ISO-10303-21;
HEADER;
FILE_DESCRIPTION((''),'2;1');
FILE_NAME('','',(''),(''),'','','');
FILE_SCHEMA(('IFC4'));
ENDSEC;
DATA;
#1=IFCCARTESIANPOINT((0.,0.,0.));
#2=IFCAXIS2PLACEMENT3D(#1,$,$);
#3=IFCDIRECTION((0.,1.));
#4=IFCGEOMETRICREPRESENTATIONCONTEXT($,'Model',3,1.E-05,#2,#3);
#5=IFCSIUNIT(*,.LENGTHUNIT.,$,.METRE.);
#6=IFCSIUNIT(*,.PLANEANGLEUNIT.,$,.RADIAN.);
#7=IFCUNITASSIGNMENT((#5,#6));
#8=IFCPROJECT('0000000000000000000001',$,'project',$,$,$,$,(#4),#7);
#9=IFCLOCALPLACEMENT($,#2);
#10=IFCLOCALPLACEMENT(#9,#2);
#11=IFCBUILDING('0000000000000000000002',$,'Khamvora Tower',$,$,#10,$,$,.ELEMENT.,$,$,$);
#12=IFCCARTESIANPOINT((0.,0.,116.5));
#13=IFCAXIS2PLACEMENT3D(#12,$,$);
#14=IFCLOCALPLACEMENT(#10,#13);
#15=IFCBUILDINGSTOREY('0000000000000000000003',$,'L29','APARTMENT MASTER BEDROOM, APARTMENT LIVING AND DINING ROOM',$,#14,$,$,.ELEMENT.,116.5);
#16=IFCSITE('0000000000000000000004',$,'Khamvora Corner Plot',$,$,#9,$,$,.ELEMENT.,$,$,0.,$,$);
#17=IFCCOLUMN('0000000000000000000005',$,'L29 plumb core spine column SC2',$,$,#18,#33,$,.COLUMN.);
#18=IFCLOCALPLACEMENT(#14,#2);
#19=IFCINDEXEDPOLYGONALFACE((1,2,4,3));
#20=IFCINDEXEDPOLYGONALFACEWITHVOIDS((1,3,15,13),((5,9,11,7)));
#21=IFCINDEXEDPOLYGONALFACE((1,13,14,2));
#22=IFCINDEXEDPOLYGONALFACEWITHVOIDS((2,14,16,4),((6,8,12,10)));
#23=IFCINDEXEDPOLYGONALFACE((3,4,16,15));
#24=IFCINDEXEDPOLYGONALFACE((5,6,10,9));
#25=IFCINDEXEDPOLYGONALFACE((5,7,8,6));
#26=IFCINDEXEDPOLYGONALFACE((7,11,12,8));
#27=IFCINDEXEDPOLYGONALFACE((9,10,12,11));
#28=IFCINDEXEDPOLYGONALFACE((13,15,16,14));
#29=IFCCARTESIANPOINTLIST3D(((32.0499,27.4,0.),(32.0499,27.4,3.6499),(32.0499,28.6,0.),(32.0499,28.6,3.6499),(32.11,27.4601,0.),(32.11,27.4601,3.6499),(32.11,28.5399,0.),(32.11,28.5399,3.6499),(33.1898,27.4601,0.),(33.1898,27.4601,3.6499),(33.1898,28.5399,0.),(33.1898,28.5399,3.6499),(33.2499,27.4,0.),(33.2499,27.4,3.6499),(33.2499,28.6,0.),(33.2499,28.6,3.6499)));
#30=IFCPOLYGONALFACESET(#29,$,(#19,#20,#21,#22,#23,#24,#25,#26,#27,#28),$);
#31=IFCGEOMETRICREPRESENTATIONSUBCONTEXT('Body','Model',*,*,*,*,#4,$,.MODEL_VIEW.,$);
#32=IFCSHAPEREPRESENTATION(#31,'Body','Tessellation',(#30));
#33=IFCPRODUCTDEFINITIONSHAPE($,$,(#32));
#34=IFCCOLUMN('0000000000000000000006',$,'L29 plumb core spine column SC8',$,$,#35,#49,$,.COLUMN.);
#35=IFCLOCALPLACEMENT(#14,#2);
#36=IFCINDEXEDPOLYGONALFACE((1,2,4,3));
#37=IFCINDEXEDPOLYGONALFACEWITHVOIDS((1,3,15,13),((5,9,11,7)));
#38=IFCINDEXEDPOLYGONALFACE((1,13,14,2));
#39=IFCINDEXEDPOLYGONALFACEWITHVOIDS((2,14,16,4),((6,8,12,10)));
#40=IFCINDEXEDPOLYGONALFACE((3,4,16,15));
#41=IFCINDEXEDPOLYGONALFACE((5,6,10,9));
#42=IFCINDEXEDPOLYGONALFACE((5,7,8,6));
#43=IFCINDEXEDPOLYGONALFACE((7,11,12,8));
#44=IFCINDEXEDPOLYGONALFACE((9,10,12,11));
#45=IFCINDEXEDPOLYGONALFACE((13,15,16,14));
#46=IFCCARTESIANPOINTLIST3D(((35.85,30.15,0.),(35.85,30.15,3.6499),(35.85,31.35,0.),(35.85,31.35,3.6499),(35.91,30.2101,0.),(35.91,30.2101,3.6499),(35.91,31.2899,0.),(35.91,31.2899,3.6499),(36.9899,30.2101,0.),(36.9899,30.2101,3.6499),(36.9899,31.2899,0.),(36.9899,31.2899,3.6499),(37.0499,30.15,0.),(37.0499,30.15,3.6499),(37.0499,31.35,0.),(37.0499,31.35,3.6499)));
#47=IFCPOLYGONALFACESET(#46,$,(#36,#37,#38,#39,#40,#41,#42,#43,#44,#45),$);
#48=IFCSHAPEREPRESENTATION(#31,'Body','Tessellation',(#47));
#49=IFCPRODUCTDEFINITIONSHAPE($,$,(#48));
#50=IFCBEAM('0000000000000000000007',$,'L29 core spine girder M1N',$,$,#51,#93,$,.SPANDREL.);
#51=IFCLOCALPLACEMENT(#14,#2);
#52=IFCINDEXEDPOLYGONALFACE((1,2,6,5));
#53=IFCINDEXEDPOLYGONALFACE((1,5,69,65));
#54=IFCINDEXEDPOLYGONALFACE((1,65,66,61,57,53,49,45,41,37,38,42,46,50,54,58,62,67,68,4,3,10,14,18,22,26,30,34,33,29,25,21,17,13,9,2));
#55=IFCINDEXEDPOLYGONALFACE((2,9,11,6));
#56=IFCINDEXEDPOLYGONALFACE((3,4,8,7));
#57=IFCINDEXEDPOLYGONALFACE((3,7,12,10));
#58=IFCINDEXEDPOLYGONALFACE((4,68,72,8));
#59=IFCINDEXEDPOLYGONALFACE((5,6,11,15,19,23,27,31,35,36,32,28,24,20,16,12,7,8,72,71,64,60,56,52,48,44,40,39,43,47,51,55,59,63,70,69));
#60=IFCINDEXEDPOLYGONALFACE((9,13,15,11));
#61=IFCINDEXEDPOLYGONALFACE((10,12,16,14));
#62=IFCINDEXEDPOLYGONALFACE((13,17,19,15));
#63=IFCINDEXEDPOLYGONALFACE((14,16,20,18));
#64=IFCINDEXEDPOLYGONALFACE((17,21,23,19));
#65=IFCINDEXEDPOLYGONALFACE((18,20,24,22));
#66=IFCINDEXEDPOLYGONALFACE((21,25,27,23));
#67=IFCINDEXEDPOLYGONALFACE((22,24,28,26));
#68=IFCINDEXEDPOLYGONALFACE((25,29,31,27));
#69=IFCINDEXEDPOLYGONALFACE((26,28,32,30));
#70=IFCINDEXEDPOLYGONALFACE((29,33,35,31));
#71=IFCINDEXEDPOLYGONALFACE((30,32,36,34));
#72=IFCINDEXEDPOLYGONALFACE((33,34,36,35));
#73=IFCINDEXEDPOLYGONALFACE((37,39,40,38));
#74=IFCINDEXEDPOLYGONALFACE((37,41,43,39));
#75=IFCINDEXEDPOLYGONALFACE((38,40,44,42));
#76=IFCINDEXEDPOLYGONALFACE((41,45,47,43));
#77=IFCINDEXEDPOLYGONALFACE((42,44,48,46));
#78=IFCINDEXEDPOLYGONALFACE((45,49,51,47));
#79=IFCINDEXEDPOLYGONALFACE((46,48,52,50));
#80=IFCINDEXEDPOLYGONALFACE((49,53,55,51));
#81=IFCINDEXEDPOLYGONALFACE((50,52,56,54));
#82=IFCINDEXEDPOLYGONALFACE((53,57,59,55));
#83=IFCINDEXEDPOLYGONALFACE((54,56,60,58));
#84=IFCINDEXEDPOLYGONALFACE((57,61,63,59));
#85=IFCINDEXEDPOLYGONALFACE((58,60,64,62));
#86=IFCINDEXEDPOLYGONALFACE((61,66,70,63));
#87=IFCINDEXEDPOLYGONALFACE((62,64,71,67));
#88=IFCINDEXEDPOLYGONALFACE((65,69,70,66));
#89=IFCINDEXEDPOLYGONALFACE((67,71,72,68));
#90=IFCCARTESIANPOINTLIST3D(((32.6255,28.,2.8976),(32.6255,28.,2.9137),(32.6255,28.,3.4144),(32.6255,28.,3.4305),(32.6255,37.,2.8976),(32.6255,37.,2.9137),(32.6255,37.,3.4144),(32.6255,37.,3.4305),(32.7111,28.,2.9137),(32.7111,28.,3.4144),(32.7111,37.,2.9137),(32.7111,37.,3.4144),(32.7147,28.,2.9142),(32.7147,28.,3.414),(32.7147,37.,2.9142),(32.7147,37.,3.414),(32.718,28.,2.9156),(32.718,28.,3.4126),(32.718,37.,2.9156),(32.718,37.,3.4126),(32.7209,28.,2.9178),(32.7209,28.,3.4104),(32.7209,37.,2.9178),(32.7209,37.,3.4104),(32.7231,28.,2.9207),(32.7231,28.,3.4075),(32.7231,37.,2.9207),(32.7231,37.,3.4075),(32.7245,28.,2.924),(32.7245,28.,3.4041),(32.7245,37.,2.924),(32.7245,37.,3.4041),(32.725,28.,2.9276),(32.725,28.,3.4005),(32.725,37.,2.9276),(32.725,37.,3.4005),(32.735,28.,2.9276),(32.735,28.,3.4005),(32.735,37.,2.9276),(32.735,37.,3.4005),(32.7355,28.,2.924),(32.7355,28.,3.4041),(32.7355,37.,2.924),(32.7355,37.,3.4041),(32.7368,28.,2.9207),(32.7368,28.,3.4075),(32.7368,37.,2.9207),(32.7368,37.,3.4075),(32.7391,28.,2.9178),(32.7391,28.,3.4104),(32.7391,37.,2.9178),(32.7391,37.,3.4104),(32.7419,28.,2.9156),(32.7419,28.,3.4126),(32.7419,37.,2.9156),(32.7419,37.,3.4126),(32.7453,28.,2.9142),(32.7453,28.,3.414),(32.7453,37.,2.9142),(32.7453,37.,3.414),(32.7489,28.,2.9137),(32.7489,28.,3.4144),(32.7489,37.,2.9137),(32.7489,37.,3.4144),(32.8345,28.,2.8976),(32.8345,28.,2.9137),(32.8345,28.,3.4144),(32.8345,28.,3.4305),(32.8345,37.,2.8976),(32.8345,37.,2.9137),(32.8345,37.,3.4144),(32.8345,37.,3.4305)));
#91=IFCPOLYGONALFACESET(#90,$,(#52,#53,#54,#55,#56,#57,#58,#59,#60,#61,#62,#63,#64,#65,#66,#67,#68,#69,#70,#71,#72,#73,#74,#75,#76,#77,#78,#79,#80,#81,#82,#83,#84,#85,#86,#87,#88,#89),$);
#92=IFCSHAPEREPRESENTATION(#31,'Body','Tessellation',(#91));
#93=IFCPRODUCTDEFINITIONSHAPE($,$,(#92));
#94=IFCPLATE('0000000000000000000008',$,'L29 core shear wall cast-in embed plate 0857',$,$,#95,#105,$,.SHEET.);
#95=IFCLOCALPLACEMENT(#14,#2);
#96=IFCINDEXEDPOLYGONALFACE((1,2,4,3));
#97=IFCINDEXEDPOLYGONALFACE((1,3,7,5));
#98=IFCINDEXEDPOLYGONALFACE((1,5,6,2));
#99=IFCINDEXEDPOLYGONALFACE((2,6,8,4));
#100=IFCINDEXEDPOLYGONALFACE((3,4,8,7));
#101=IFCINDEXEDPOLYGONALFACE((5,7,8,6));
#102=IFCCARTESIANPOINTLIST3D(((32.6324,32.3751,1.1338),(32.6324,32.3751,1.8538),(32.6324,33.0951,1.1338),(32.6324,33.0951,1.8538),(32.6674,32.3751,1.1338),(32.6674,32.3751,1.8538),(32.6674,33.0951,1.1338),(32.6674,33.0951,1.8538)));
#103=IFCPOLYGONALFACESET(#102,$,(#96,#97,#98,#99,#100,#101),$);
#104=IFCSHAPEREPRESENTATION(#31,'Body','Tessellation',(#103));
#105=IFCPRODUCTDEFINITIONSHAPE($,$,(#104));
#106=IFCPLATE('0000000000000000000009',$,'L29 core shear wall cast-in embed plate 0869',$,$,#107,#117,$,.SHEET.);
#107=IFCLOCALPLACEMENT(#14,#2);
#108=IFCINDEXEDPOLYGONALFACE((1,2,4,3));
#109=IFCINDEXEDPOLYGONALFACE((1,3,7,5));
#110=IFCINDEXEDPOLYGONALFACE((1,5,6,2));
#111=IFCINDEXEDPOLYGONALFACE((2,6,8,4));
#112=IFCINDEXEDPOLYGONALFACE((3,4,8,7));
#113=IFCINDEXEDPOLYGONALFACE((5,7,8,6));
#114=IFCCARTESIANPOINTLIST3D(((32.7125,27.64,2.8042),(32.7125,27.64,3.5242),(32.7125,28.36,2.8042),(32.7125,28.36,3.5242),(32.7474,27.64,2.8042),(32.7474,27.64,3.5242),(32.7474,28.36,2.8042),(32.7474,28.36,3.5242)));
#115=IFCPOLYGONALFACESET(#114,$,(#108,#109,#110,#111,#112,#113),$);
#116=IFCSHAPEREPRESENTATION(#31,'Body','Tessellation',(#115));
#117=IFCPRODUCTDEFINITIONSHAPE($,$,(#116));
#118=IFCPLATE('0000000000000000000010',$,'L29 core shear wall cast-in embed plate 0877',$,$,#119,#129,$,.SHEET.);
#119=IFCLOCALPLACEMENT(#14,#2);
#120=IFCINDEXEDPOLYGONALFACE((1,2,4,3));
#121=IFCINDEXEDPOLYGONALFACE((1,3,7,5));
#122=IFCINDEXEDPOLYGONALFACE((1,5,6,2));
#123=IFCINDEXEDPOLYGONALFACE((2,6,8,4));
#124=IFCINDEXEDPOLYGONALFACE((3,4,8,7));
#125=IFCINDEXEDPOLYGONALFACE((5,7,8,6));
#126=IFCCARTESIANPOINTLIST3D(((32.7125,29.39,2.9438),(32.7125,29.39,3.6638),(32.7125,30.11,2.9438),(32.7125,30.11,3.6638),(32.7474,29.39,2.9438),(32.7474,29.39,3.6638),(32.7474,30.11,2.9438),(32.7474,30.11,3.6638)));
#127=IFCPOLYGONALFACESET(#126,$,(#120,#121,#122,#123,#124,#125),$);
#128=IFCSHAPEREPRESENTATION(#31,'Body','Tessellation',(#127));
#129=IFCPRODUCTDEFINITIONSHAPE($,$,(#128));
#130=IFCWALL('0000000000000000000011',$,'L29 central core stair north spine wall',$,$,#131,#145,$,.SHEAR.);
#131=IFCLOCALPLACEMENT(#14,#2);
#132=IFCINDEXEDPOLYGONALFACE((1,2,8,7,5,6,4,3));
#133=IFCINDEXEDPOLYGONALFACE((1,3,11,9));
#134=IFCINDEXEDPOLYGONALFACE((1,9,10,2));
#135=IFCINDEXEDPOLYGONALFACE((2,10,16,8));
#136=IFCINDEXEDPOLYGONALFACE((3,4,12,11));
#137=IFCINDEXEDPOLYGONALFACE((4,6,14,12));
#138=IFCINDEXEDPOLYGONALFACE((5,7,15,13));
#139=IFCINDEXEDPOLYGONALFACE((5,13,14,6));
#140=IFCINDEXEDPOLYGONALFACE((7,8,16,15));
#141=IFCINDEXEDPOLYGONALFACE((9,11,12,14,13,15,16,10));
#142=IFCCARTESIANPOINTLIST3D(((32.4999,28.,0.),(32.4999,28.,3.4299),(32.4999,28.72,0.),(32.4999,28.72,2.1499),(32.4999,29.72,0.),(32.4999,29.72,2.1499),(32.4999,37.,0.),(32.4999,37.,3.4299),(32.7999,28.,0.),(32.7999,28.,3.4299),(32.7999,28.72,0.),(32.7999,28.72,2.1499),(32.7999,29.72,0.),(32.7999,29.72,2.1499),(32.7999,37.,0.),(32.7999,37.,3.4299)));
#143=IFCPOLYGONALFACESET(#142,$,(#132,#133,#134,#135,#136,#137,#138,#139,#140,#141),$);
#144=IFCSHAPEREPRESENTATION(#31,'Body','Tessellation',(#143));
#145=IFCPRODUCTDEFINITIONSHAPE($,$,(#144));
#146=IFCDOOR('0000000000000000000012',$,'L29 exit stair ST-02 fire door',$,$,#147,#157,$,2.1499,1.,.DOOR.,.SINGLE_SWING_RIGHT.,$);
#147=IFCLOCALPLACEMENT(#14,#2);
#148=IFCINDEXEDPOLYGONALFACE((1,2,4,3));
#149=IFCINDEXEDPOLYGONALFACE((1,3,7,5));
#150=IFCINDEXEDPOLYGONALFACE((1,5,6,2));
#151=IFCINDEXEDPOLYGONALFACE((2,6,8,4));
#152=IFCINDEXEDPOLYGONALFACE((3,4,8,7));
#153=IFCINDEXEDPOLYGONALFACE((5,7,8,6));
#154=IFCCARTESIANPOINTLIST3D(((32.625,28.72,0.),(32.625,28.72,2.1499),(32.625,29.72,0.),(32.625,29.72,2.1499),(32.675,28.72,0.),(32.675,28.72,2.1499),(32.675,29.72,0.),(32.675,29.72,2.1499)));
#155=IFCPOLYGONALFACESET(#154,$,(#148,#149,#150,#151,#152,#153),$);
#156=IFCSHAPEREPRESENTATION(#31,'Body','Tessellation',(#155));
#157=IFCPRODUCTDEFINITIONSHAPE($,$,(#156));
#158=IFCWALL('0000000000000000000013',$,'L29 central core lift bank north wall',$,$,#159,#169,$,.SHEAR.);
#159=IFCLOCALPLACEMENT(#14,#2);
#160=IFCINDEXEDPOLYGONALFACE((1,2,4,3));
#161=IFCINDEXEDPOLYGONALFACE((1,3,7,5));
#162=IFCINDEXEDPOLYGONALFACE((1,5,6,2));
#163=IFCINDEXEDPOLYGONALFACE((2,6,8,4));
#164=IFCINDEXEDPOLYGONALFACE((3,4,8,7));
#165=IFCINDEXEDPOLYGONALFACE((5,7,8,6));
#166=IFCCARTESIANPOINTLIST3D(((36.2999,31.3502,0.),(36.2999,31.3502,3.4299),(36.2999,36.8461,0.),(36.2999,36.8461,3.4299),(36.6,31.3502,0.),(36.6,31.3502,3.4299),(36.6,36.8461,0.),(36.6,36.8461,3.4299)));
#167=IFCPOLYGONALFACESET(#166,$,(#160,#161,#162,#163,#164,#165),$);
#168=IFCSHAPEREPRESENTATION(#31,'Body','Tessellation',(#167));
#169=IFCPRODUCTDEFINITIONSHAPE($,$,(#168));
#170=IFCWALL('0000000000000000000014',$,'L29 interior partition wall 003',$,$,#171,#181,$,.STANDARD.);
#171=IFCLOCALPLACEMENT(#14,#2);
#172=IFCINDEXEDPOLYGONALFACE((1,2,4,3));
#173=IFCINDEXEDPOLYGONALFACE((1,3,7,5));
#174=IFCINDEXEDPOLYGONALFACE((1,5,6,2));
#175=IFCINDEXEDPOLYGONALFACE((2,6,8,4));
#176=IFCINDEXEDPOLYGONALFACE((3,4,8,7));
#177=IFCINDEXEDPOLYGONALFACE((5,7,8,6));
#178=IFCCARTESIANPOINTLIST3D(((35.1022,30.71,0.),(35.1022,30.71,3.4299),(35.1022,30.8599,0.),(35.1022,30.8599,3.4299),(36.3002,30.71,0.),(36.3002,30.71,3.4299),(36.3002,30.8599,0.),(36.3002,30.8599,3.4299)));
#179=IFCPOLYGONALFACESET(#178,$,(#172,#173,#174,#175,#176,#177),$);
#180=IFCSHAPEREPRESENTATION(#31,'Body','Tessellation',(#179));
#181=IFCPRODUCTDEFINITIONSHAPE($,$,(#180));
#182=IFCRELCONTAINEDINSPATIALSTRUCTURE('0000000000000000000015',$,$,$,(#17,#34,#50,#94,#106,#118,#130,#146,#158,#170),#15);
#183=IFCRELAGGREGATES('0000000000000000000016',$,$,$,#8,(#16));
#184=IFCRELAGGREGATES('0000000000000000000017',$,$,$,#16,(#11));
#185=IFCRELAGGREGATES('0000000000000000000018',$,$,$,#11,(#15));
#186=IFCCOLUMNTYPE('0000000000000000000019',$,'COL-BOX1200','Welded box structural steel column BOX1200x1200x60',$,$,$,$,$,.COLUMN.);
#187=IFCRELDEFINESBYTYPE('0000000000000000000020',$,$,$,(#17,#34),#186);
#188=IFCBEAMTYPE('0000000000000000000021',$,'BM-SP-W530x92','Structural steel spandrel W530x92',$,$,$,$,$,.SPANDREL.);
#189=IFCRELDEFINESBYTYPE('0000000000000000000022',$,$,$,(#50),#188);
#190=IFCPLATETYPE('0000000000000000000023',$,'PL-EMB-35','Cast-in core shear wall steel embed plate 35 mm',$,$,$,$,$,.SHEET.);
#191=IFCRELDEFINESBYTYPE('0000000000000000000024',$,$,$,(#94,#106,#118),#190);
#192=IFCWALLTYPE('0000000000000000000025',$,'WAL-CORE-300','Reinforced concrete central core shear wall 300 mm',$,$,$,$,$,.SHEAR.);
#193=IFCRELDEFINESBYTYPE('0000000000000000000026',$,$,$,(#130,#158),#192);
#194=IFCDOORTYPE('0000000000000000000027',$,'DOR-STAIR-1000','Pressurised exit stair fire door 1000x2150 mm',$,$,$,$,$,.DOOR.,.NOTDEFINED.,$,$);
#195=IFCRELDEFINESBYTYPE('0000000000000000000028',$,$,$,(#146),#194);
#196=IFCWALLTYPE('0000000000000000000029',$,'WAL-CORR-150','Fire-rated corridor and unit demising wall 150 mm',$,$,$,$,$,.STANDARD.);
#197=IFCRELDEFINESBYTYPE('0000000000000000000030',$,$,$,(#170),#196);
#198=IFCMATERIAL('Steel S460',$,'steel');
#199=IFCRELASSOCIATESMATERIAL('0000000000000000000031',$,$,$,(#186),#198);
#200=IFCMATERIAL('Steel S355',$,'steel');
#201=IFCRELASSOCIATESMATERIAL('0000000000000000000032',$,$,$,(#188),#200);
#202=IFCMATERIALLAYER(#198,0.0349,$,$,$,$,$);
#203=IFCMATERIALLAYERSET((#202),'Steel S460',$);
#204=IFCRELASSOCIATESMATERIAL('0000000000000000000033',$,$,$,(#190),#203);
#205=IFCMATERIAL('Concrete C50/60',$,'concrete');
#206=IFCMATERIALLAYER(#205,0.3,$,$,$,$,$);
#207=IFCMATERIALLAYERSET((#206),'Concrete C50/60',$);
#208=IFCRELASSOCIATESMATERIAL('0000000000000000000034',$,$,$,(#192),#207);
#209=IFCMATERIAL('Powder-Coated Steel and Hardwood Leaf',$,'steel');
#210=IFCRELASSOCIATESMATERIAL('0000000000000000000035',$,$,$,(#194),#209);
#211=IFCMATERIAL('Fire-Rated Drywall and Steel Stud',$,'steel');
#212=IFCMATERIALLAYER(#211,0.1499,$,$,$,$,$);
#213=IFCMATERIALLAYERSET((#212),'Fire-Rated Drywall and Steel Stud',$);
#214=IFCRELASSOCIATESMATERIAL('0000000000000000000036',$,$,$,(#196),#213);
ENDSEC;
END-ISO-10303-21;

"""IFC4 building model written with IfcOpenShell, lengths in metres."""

from ifc_helpers import new_model, si_unit, direction, frame, frame_2d, origin, origin_2d, place, context, subcontext, project, spatial, rectangle, hollow_rectangle, i_section, extrude, material, layer, layer_set, material_profile, profile_set, type_object, element, fill, save


model = new_model("IFC4")

# Units and contexts
model_context = context("Model", 3, precision=1e-05, world=origin(), true_north=direction((0.0, 1.0)))
body_context = subcontext(model_context, "Body", "Model", "MODEL_VIEW")
ifc_project = project(units=[si_unit("LENGTHUNIT", "METRE"), si_unit("PLANEANGLEUNIT", "RADIAN")], contexts=[model_context])

# Site, building, storey
site_placement = place(None, origin())
site = spatial("IfcSite", under=ifc_project, at=site_placement, Name="Khamvora Corner Plot", CompositionType="ELEMENT", RefElevation=0.0)
building_placement = place(site_placement, origin())
building = spatial("IfcBuilding", under=site, at=building_placement, Name="Khamvora Tower", CompositionType="ELEMENT")
storey_placement = place(building_placement, frame((0.0, 0.0, 116.5)))
storey = spatial("IfcBuildingStorey", under=building, at=storey_placement, Name="L29", Description="APARTMENT MASTER BEDROOM, APARTMENT LIVING AND DINING ROOM", CompositionType="ELEMENT", Elevation=116.5)

# Columns
ifc_material_1 = material(Name="Steel S460", Category="steel")
ifc_material_profile_1 = material_profile(ifc_material_1, hollow_rectangle(XDim=1.2, YDim=1.2, WallThickness=0.0601, at=origin_2d()), Name="BOX1200x1200x60")
ifc_profile_set_1 = profile_set([ifc_material_profile_1], Name="Steel S460")
column_type = type_object("IfcColumnType", Name="COL-BOX1200", Description="Welded box structural steel column BOX1200x1200x60", PredefinedType="COLUMN", material=ifc_profile_set_1)
for number, where, z_axis, x_axis, name in (
    (1, (32.6499, 28.0, 0.0), (0.0, 0.0, 1.0), (1.0, 0.0, 0.0), "L29 plumb core spine column SC2"),
    (2, (36.45, 30.75, 0.0), (0.0, 0.0, 1.0), (1.0, 0.0, 0.0), "L29 plumb core spine column SC8"),
):
    element("IfcColumn", number, at=place(storey_placement, frame(where, z_axis=z_axis, x_axis=x_axis)), inside=storey, type_object=column_type, Name=name, PredefinedType="COLUMN", context=body_context, shape_type="SweptSolid", body=[
        extrude(hollow_rectangle(XDim=1.2, YDim=1.2, WallThickness=0.0601, at=origin_2d()), origin(), (0.0, 0.0, 1.0), 3.6499),
    ])

# Beam
ifc_material_2 = material(Name="Steel S355", Category="steel")
ifc_material_profile_2 = material_profile(ifc_material_2, i_section(OverallWidth=0.209, OverallDepth=0.533, WebThickness=0.01, FlangeThickness=0.0161, FilletRadius=0.0139, at=origin_2d()), Name="W530x92")
ifc_profile_set_2 = profile_set([ifc_material_profile_2], Name="Steel S355")
beam_type = type_object("IfcBeamType", Name="BM-SP-W530x92", Description="Structural steel spandrel W530x92", PredefinedType="SPANDREL", material=ifc_profile_set_2)
beam_placement = place(storey_placement, frame((32.73, 28.0, 3.1641), z_axis=(0.0, 1.0, 0.0), x_axis=(-1.0, 0.0, 0.0)))
element("IfcBeam", 3, at=beam_placement, inside=storey, type_object=beam_type, Name="L29 core spine girder M1N", PredefinedType="SPANDREL", context=body_context, shape_type="SweptSolid", body=[
    extrude(i_section(OverallWidth=0.209, OverallDepth=0.533, WebThickness=0.01, FlangeThickness=0.0161, FilletRadius=0.0139, at=origin_2d()), origin(), (0.0, 0.0, 1.0), 9.0),
])

# Plates
ifc_layer_1 = layer(ifc_material_1, 0.0349)
ifc_layer_set_1 = layer_set([ifc_layer_1], Name="Steel S460")
plate_type = type_object("IfcPlateType", Name="PL-EMB-35", Description="Cast-in core shear wall steel embed plate 35 mm", PredefinedType="SHEET", material=ifc_layer_set_1)
for number, where, z_axis, x_axis, name in (
    (4, (32.6499, 32.7351, 1.1338), (0.0, 0.0, 1.0), (1.0, 0.0, 0.0), "L29 core shear wall cast-in embed plate 0857"),
    (5, (32.73, 28.0, 2.8042), (0.0, 0.0, 1.0), (1.0, 0.0, 0.0), "L29 core shear wall cast-in embed plate 0869"),
    (6, (32.73, 29.75, 2.9438), (0.0, 0.0, 1.0), (1.0, 0.0, 0.0), "L29 core shear wall cast-in embed plate 0877"),
):
    element("IfcPlate", number, at=place(storey_placement, frame(where, z_axis=z_axis, x_axis=x_axis)), inside=storey, type_object=plate_type, Name=name, PredefinedType="SHEET", context=body_context, shape_type="SweptSolid", body=[
        extrude(rectangle(XDim=0.0349, YDim=0.72, at=origin_2d()), origin(), (0.0, 0.0, 1.0), 0.72),
    ])

# Wall, opening, door
ifc_material_3 = material(Name="Concrete C50/60", Category="concrete")
ifc_layer_2 = layer(ifc_material_3, 0.3)
ifc_layer_set_2 = layer_set([ifc_layer_2], Name="Concrete C50/60")
wall_type_1 = type_object("IfcWallType", Name="WAL-CORE-300", Description="Reinforced concrete central core shear wall 300 mm", PredefinedType="SHEAR", material=ifc_layer_set_2)
wall_1_placement = place(storey_placement, frame((32.6499, 28.0, 0.0), z_axis=(0.0, 0.0, 1.0), x_axis=(0.0, 1.0, 0.0)))
wall_1 = element("IfcWall", 7, at=wall_1_placement, inside=storey, type_object=wall_type_1, Name="L29 central core stair north spine wall", PredefinedType="SHEAR", context=body_context, shape_type="SweptSolid", body=[
    extrude(rectangle(XDim=9.0, YDim=0.3, at=frame_2d((4.5, 0.0))), origin(), (0.0, 0.0, 1.0), 3.4299),
])
opening_placement = place(wall_1_placement, frame((0.72, 0.0, 0.0)))
opening = element("IfcOpeningElement", 8, at=opening_placement, cuts=wall_1, PredefinedType="OPENING", context=body_context, shape_type="SweptSolid", body=[
    extrude(rectangle(XDim=1.0, YDim=2.1499, at=frame_2d((0.5, 1.075))), frame((0.0, 0.1599, 0.0), z_axis=(0.0, -1.0, 0.0), x_axis=(1.0, 0.0, 0.0)), (0.0, 0.0, 1.0), 0.3201),
])
ifc_material_4 = material(Name="Powder-Coated Steel and Hardwood Leaf", Category="steel")
door_type = type_object("IfcDoorType", Name="DOR-STAIR-1000", Description="Pressurised exit stair fire door 1000x2150 mm", OperationType="NOTDEFINED", PredefinedType="DOOR", material=ifc_material_4)
door_placement = place(opening_placement, origin())
door = element("IfcDoor", 9, at=door_placement, inside=storey, type_object=door_type, Name="L29 exit stair ST-02 fire door", OperationType="SINGLE_SWING_RIGHT", OverallHeight=2.1499, OverallWidth=1.0, PredefinedType="DOOR", context=body_context, shape_type="SweptSolid", body=[
    extrude(rectangle(XDim=1.0, YDim=2.1499, at=frame_2d((0.5, 1.075))), frame((0.0, 0.0249, 0.0), z_axis=(0.0, -1.0, 0.0), x_axis=(1.0, 0.0, 0.0)), (0.0, 0.0, 1.0), 0.05),
])
fill(opening, door)

# Walls
wall_2_placement = place(storey_placement, frame((36.45, 31.3501, 0.0), z_axis=(0.0, 0.0, 1.0), x_axis=(0.0, 1.0, 0.0)))
element("IfcWall", 10, at=wall_2_placement, inside=storey, type_object=wall_type_1, Name="L29 central core lift bank north wall", PredefinedType="SHEAR", context=body_context, shape_type="SweptSolid", body=[
    extrude(rectangle(XDim=5.4958, YDim=0.3, at=frame_2d((2.748, 0.0))), origin(), (0.0, 0.0, 1.0), 3.4299),
])
ifc_material_5 = material(Name="Fire-Rated Drywall and Steel Stud", Category="steel")
ifc_layer_3 = layer(ifc_material_5, 0.1499)
ifc_layer_set_3 = layer_set([ifc_layer_3], Name="Fire-Rated Drywall and Steel Stud")
wall_type_2 = type_object("IfcWallType", Name="WAL-CORR-150", Description="Fire-rated corridor and unit demising wall 150 mm", PredefinedType="STANDARD", material=ifc_layer_set_3)
wall_3_placement = place(storey_placement, frame((35.1021, 30.7849, 0.0), z_axis=(0.0, 0.0, 1.0), x_axis=(1.0, 0.0, 0.0)))
element("IfcWall", 11, at=wall_3_placement, inside=storey, type_object=wall_type_2, Name="L29 interior partition wall 003", PredefinedType="STANDARD", context=body_context, shape_type="SweptSolid", body=[
    extrude(rectangle(XDim=1.198, YDim=0.1499, at=frame_2d((0.5991, 0.0))), origin(), (0.0, 0.0, 1.0), 3.4299),
])

save(model, "model.ifc")
